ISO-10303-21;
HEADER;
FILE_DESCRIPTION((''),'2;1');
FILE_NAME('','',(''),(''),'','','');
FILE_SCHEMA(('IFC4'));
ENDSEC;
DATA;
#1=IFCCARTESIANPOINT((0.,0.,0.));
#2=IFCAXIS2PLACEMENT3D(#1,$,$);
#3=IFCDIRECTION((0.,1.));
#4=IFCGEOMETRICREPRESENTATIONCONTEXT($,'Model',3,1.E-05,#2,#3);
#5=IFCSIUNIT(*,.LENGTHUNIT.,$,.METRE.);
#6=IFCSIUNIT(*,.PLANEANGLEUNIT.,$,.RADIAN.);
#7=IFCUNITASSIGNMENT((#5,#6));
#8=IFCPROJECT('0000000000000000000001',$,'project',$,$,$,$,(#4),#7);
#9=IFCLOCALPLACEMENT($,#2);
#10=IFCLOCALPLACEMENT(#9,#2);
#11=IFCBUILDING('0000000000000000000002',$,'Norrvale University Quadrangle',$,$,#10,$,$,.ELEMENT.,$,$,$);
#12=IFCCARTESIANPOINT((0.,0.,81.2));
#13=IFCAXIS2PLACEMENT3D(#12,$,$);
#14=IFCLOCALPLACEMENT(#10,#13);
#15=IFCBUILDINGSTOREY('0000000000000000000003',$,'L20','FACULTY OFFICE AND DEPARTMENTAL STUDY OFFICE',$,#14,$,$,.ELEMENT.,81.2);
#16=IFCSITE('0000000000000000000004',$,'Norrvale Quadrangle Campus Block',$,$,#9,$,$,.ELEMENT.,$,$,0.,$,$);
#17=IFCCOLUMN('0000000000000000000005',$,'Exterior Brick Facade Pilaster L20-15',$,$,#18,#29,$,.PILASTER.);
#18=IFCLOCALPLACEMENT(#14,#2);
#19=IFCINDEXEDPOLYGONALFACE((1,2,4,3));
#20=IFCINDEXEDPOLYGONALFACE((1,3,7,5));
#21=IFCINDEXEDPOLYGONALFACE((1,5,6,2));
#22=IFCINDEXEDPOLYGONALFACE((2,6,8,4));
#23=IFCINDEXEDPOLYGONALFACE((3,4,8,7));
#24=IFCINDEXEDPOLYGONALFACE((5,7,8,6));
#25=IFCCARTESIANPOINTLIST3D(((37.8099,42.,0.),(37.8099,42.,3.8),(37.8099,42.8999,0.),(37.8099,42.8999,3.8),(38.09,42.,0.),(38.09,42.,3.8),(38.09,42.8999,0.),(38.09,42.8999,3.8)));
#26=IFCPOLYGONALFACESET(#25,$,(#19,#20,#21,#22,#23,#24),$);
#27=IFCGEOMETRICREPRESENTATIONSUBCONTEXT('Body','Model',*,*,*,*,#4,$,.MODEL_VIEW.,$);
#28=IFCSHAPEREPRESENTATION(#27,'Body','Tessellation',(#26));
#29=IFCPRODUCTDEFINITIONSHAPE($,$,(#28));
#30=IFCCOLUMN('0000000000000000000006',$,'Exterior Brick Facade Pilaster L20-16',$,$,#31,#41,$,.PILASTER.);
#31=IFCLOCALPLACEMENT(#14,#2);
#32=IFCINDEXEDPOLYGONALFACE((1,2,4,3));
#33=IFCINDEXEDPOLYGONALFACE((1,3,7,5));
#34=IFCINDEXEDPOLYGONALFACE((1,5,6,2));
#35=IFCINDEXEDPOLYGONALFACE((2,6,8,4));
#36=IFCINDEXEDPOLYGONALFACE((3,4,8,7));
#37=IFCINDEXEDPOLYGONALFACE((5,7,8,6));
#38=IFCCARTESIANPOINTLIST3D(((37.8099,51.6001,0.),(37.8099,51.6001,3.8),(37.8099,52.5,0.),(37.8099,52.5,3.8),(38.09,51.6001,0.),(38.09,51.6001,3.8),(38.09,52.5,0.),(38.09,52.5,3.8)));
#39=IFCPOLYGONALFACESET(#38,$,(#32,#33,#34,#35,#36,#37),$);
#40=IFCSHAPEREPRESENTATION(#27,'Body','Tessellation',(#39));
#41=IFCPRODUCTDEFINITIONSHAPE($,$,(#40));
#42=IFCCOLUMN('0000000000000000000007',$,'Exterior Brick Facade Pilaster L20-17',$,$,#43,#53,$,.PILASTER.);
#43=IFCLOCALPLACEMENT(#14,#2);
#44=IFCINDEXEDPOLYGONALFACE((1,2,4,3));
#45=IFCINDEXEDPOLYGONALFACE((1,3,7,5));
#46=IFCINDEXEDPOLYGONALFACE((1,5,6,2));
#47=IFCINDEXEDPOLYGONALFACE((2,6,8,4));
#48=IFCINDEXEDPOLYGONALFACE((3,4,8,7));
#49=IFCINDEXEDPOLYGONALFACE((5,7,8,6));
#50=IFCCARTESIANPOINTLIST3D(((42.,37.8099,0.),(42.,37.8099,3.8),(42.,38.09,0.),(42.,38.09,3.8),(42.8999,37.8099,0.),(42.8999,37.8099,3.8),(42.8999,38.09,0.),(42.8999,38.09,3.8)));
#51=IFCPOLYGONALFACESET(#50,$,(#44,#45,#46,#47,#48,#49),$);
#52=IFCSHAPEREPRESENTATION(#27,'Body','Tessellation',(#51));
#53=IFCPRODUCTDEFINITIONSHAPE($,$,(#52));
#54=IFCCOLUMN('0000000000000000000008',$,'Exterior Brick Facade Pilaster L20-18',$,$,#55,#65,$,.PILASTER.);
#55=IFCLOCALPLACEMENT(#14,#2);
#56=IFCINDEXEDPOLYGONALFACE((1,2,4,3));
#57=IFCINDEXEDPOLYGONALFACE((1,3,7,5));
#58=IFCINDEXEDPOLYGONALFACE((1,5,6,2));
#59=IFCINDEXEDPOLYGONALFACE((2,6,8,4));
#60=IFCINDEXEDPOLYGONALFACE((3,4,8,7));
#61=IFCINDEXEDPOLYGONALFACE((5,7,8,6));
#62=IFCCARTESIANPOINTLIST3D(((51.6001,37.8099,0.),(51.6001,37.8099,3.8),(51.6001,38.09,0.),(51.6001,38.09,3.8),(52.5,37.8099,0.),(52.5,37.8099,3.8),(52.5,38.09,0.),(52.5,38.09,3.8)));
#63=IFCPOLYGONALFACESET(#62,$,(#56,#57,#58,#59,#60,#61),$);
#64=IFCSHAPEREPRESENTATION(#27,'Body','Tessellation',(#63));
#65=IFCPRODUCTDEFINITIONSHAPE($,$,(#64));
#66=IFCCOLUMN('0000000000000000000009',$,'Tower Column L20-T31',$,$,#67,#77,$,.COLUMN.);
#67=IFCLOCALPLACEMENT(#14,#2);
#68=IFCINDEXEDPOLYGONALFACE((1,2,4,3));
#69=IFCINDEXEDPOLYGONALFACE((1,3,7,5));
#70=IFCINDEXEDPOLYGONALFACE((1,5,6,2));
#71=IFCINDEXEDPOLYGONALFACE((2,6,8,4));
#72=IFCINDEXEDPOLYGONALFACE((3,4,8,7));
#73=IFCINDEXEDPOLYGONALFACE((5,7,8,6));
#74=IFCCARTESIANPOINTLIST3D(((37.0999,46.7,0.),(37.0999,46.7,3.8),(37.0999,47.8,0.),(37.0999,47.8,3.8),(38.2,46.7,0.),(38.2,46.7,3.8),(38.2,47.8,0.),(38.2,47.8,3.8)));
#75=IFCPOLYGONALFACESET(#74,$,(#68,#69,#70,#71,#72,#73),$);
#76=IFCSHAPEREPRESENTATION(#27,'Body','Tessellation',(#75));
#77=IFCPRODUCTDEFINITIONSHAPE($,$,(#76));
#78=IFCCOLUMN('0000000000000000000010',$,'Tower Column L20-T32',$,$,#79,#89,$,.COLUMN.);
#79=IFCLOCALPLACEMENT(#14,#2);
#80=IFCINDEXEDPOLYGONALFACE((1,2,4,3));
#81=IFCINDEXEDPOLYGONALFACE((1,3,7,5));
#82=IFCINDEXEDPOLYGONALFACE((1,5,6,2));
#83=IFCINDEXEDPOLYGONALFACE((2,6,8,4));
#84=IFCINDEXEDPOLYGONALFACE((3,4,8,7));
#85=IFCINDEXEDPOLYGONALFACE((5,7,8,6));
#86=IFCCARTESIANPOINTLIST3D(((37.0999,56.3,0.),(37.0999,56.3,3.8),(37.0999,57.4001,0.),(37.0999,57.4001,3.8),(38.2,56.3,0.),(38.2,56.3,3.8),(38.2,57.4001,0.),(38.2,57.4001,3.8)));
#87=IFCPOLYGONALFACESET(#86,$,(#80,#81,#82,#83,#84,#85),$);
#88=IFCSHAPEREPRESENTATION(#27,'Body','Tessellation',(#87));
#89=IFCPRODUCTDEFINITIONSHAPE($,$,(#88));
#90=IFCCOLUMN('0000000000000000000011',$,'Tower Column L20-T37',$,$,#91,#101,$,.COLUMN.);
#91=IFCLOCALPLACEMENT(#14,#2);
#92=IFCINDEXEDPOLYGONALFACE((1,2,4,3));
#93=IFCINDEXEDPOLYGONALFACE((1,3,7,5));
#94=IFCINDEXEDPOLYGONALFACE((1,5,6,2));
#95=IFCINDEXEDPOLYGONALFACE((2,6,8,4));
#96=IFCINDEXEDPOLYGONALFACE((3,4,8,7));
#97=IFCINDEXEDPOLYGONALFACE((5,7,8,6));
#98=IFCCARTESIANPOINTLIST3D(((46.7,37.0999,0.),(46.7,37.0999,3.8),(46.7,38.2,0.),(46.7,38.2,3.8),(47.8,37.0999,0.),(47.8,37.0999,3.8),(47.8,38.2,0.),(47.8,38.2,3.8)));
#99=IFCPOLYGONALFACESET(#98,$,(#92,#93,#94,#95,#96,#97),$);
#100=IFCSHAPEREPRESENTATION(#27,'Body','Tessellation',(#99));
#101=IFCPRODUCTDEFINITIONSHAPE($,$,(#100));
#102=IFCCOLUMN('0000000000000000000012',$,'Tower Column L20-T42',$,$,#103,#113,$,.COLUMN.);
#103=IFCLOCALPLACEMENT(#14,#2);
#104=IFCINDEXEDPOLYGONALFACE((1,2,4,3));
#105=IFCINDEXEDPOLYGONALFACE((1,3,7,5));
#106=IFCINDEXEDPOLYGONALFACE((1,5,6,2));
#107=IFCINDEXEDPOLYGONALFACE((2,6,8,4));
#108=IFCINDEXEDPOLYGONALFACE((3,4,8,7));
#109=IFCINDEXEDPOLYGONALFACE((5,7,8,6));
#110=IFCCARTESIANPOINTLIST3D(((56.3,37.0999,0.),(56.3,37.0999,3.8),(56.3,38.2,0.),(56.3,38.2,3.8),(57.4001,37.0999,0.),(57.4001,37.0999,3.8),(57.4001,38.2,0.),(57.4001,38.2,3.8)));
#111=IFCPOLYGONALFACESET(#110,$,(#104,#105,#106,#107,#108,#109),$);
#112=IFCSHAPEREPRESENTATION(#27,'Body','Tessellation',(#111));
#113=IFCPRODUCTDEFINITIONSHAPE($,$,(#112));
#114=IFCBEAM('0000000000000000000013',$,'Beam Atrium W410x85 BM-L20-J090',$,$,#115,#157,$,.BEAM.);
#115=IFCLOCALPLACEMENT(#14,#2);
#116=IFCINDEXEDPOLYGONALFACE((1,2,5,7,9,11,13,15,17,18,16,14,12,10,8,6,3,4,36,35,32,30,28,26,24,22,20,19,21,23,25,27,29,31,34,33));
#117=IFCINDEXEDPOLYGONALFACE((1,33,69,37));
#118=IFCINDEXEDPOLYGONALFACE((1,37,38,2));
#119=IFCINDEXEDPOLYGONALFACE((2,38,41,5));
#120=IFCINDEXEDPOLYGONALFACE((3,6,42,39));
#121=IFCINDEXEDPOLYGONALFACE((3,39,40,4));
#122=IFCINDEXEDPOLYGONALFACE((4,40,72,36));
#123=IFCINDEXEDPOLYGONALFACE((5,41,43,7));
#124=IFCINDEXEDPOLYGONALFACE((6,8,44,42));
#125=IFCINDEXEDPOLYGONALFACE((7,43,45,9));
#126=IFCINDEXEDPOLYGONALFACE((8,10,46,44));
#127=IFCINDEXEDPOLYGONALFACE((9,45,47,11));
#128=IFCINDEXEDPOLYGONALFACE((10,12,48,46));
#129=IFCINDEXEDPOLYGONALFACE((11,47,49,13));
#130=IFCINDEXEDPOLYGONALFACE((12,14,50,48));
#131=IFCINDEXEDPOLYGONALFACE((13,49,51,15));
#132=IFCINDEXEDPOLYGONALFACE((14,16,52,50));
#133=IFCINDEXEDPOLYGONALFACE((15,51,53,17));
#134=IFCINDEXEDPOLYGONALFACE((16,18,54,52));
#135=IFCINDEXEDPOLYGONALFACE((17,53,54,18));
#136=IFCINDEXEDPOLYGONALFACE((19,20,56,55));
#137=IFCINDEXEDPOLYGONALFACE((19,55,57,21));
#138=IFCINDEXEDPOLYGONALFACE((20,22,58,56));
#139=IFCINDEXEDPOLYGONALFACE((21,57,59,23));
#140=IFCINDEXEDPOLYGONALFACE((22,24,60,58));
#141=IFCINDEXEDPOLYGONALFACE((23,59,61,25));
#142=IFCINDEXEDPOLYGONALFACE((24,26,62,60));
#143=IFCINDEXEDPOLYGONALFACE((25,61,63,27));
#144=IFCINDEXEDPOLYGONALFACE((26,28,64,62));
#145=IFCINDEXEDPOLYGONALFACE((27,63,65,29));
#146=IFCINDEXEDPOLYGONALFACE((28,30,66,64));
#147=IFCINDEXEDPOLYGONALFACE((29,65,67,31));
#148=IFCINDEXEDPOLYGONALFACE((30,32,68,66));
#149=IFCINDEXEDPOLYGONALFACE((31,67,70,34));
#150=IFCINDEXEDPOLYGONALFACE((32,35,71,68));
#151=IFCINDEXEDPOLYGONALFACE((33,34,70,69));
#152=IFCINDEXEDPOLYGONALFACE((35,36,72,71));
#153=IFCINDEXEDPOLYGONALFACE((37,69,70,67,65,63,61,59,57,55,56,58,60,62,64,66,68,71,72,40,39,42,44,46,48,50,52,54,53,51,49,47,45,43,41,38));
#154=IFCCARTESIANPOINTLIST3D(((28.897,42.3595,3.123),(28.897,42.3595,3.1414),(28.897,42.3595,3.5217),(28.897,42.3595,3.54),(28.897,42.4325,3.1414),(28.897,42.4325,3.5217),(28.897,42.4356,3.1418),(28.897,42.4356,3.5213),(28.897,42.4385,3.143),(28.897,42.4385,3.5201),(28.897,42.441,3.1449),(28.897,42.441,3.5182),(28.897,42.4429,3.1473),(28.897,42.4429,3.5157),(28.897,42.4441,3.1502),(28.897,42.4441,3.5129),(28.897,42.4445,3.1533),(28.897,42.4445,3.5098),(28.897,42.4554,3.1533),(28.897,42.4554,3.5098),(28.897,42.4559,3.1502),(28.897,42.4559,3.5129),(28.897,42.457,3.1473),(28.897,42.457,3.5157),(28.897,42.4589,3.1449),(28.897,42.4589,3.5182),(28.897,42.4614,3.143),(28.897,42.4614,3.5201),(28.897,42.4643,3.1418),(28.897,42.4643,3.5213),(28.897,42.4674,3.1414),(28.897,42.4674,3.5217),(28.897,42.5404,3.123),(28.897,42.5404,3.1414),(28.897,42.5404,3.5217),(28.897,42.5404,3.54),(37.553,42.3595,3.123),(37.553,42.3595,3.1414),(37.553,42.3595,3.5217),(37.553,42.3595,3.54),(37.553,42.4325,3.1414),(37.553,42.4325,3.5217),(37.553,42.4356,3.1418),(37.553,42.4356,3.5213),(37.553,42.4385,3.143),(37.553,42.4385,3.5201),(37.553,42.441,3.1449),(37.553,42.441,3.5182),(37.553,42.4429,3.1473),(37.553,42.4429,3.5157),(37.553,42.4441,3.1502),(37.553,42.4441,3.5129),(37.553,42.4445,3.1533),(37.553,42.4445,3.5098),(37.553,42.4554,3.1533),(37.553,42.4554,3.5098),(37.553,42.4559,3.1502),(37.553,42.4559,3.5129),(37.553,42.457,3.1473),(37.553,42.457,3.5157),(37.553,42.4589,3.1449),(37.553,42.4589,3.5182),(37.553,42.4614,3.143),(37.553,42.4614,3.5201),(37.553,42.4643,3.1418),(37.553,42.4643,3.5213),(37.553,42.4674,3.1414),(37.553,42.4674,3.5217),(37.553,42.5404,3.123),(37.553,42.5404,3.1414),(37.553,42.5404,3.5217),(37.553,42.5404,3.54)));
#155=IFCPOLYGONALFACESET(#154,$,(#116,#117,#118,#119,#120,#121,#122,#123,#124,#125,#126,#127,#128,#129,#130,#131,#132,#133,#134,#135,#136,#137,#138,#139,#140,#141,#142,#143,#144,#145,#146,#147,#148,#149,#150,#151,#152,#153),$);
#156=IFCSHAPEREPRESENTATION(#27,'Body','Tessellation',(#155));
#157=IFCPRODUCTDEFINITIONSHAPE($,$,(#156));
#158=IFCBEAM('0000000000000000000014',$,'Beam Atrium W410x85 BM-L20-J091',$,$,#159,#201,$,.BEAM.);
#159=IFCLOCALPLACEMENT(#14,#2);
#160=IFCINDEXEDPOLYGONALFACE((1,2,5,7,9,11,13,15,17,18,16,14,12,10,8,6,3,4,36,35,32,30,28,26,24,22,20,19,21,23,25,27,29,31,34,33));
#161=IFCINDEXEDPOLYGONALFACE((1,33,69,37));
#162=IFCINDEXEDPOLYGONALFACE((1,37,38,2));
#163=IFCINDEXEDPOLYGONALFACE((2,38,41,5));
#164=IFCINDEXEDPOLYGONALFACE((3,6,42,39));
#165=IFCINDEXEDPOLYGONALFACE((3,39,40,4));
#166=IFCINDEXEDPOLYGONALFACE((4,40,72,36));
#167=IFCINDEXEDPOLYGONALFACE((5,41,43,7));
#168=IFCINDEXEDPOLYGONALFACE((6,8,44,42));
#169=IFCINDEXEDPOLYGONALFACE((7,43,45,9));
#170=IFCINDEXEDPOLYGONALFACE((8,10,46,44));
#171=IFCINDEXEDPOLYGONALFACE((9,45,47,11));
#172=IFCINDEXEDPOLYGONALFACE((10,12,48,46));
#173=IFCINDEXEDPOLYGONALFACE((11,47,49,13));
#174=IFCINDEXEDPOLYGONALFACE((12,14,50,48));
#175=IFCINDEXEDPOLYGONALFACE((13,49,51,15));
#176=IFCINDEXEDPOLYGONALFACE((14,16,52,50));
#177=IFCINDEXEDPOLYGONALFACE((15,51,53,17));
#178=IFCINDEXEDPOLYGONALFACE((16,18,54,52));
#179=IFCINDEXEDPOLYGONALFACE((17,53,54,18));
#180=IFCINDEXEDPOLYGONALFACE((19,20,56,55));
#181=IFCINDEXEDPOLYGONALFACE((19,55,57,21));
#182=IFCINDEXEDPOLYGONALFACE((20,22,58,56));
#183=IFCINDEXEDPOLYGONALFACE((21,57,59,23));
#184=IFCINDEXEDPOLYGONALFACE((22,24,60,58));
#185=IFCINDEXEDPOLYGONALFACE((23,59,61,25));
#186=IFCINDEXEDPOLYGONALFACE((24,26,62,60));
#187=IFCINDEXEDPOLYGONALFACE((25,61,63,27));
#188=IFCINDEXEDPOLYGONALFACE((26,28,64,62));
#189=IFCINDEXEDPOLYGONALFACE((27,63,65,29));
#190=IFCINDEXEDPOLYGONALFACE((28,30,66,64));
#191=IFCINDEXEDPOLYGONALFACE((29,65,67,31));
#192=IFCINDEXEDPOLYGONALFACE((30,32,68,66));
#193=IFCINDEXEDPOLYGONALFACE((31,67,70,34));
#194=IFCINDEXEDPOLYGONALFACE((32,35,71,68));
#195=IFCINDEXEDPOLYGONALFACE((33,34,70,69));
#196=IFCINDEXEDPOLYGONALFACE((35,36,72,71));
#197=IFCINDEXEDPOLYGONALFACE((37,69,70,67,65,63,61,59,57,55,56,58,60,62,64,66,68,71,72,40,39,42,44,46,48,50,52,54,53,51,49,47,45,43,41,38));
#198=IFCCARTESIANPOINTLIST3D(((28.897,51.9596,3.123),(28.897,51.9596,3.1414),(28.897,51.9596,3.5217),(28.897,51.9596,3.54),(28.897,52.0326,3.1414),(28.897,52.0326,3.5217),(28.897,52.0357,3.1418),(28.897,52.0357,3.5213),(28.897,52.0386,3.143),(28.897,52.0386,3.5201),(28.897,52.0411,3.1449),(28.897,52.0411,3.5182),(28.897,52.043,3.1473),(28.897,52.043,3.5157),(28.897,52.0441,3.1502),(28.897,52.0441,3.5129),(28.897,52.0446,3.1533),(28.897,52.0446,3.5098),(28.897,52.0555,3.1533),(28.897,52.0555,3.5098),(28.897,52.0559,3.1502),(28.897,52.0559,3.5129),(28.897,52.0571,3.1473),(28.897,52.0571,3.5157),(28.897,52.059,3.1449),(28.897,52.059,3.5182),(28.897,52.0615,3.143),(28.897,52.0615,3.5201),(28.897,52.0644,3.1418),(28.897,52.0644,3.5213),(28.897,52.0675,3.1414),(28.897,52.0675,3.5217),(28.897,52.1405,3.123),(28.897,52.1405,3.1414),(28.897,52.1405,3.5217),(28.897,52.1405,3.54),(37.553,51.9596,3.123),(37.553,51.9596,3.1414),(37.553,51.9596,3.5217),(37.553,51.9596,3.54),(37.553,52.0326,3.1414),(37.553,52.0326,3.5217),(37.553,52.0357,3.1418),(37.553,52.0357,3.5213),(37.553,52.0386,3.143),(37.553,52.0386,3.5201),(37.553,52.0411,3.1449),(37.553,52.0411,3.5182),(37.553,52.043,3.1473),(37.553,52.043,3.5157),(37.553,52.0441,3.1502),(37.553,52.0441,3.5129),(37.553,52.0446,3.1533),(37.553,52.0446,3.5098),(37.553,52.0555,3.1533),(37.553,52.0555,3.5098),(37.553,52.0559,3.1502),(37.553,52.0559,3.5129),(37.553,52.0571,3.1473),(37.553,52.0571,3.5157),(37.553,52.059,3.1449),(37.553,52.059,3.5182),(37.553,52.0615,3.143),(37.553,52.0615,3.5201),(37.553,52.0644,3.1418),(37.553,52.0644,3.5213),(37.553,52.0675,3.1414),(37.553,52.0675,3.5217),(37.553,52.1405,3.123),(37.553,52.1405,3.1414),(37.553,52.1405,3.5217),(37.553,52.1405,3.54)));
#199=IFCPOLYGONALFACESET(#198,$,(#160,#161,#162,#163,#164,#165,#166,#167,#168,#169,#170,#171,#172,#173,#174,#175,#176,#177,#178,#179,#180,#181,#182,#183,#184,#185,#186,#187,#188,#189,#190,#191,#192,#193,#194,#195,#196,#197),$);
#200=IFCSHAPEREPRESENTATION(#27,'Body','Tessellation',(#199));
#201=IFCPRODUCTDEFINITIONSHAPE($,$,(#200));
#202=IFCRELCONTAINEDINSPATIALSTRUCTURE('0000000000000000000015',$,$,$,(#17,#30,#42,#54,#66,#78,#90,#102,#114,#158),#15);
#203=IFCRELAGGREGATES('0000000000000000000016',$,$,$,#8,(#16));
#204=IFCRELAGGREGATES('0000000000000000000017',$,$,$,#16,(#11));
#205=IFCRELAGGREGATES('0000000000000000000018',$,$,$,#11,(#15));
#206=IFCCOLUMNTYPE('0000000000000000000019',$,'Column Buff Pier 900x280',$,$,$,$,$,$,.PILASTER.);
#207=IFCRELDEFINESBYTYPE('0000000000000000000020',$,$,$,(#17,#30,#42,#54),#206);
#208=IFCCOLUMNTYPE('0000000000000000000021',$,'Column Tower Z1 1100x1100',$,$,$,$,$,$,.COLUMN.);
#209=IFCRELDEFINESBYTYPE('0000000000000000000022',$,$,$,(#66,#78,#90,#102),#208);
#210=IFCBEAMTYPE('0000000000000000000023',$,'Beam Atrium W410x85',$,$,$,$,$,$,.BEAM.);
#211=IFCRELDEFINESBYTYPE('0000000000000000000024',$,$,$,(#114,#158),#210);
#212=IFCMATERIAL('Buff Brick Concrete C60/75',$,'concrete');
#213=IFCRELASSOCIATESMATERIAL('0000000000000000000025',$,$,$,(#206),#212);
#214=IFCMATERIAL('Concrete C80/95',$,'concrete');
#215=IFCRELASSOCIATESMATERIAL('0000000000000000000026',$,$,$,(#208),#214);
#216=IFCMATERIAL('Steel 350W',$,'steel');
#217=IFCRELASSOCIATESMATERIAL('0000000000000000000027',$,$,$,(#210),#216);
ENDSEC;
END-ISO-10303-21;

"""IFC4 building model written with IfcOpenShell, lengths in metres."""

from ifc_helpers import new_model, si_unit, direction, frame, origin, origin_2d, place, context, subcontext, project, spatial, rectangle, i_section, extrude, material, material_profile, profile_set, type_object, element, save


model = new_model("IFC4")

# Units and contexts
model_context = context("Model", 3, precision=1e-05, world=origin(), true_north=direction((0.0, 1.0)))
body_context = subcontext(model_context, "Body", "Model", "MODEL_VIEW")
ifc_project = project(units=[si_unit("LENGTHUNIT", "METRE"), si_unit("PLANEANGLEUNIT", "RADIAN")], contexts=[model_context])

# Site, building, storey
site_placement = place(None, origin())
site = spatial("IfcSite", under=ifc_project, at=site_placement, Name="Norrvale Quadrangle Campus Block", CompositionType="ELEMENT", RefElevation=0.0)
building_placement = place(site_placement, origin())
building = spatial("IfcBuilding", under=site, at=building_placement, Name="Norrvale University Quadrangle", CompositionType="ELEMENT")
storey_placement = place(building_placement, frame((0.0, 0.0, 81.2)))
storey = spatial("IfcBuildingStorey", under=building, at=storey_placement, Name="L20", Description="FACULTY OFFICE AND DEPARTMENTAL STUDY OFFICE", CompositionType="ELEMENT", Elevation=81.2)

# Columns
ifc_material_1 = material(Name="Buff Brick Concrete C60/75", Category="concrete")
ifc_material_profile_1 = material_profile(ifc_material_1, rectangle(XDim=0.8999, YDim=0.28, at=origin_2d()), Name="Buff Brick Concrete C60/75")
ifc_profile_set_1 = profile_set([ifc_material_profile_1], Name="Buff Brick Concrete C60/75")
column_type_1 = type_object("IfcColumnType", Name="Column Buff Pier 900x280", PredefinedType="PILASTER", material=ifc_profile_set_1)
for number, where, z_axis, x_axis, name in (
    (1, (37.95, 42.45, 0.0), (0.0, 0.0, 1.0), (0.0, 1.0, 0.0), "Exterior Brick Facade Pilaster L20-15"),
    (2, (37.95, 52.05, 0.0), (0.0, 0.0, 1.0), (0.0, 1.0, 0.0), "Exterior Brick Facade Pilaster L20-16"),
    (3, (42.45, 37.95, 0.0), (0.0, 0.0, 1.0), (1.0, 0.0, 0.0), "Exterior Brick Facade Pilaster L20-17"),
    (4, (52.05, 37.95, 0.0), (0.0, 0.0, 1.0), (1.0, 0.0, 0.0), "Exterior Brick Facade Pilaster L20-18"),
):
    element("IfcColumn", number, at=place(storey_placement, frame(where, z_axis=z_axis, x_axis=x_axis)), inside=storey, type_object=column_type_1, Name=name, PredefinedType="PILASTER", context=body_context, shape_type="SweptSolid", body=[
        extrude(rectangle(XDim=0.8999, YDim=0.28, at=origin_2d()), origin(), (0.0, 0.0, 1.0), 3.8),
    ])
ifc_material_2 = material(Name="Concrete C80/95", Category="concrete")
ifc_material_profile_2 = material_profile(ifc_material_2, rectangle(XDim=1.1001, YDim=1.1001, at=origin_2d()), Name="Concrete C80/95")
ifc_profile_set_2 = profile_set([ifc_material_profile_2], Name="Concrete C80/95")
column_type_2 = type_object("IfcColumnType", Name="Column Tower Z1 1100x1100", PredefinedType="COLUMN", material=ifc_profile_set_2)
for number, where, z_axis, x_axis, name in (
    (5, (37.6499, 47.25, 0.0), (0.0, 0.0, 1.0), (1.0, 0.0, 0.0), "Tower Column L20-T31"),
    (6, (37.6499, 56.8501, 0.0), (0.0, 0.0, 1.0), (1.0, 0.0, 0.0), "Tower Column L20-T32"),
    (7, (47.25, 37.6499, 0.0), (0.0, 0.0, 1.0), (1.0, 0.0, 0.0), "Tower Column L20-T37"),
    (8, (56.8501, 37.6499, 0.0), (0.0, 0.0, 1.0), (1.0, 0.0, 0.0), "Tower Column L20-T42"),
):
    element("IfcColumn", number, at=place(storey_placement, frame(where, z_axis=z_axis, x_axis=x_axis)), inside=storey, type_object=column_type_2, Name=name, PredefinedType="COLUMN", context=body_context, shape_type="SweptSolid", body=[
        extrude(rectangle(XDim=1.1001, YDim=1.1001, at=origin_2d()), origin(), (0.0, 0.0, 1.0), 3.8),
    ])

# Beams
ifc_material_3 = material(Name="Steel 350W", Category="steel")
ifc_material_profile_3 = material_profile(ifc_material_3, i_section(OverallWidth=0.1809, OverallDepth=0.417, WebThickness=0.011, FlangeThickness=0.0183, FilletRadius=0.012, at=origin_2d()), Name="Steel 350W")
ifc_profile_set_3 = profile_set([ifc_material_profile_3], Name="Steel 350W")
beam_type_1 = type_object("IfcBeamType", Name="Beam Atrium W410x85", PredefinedType="BEAM", material=ifc_profile_set_3)
for number, where, z_axis, x_axis, name in (
    (9, (28.897, 42.45, 3.3315), (1.0, 0.0, 0.0), (0.0, 1.0, 0.0), "Beam Atrium W410x85 BM-L20-J090"),
    (10, (28.897, 52.05, 3.3315), (1.0, 0.0, 0.0), (0.0, 1.0, 0.0), "Beam Atrium W410x85 BM-L20-J091"),
):
    element("IfcBeam", number, at=place(storey_placement, frame(where, z_axis=z_axis, x_axis=x_axis)), inside=storey, type_object=beam_type_1, Name=name, PredefinedType="BEAM", context=body_context, shape_type="SweptSolid", body=[
        extrude(i_section(OverallWidth=0.1809, OverallDepth=0.417, WebThickness=0.011, FlangeThickness=0.0183, FilletRadius=0.012, at=origin_2d()), origin(), (0.0, 0.0, 1.0), 8.656),
    ])

save(model, "model.ifc")
